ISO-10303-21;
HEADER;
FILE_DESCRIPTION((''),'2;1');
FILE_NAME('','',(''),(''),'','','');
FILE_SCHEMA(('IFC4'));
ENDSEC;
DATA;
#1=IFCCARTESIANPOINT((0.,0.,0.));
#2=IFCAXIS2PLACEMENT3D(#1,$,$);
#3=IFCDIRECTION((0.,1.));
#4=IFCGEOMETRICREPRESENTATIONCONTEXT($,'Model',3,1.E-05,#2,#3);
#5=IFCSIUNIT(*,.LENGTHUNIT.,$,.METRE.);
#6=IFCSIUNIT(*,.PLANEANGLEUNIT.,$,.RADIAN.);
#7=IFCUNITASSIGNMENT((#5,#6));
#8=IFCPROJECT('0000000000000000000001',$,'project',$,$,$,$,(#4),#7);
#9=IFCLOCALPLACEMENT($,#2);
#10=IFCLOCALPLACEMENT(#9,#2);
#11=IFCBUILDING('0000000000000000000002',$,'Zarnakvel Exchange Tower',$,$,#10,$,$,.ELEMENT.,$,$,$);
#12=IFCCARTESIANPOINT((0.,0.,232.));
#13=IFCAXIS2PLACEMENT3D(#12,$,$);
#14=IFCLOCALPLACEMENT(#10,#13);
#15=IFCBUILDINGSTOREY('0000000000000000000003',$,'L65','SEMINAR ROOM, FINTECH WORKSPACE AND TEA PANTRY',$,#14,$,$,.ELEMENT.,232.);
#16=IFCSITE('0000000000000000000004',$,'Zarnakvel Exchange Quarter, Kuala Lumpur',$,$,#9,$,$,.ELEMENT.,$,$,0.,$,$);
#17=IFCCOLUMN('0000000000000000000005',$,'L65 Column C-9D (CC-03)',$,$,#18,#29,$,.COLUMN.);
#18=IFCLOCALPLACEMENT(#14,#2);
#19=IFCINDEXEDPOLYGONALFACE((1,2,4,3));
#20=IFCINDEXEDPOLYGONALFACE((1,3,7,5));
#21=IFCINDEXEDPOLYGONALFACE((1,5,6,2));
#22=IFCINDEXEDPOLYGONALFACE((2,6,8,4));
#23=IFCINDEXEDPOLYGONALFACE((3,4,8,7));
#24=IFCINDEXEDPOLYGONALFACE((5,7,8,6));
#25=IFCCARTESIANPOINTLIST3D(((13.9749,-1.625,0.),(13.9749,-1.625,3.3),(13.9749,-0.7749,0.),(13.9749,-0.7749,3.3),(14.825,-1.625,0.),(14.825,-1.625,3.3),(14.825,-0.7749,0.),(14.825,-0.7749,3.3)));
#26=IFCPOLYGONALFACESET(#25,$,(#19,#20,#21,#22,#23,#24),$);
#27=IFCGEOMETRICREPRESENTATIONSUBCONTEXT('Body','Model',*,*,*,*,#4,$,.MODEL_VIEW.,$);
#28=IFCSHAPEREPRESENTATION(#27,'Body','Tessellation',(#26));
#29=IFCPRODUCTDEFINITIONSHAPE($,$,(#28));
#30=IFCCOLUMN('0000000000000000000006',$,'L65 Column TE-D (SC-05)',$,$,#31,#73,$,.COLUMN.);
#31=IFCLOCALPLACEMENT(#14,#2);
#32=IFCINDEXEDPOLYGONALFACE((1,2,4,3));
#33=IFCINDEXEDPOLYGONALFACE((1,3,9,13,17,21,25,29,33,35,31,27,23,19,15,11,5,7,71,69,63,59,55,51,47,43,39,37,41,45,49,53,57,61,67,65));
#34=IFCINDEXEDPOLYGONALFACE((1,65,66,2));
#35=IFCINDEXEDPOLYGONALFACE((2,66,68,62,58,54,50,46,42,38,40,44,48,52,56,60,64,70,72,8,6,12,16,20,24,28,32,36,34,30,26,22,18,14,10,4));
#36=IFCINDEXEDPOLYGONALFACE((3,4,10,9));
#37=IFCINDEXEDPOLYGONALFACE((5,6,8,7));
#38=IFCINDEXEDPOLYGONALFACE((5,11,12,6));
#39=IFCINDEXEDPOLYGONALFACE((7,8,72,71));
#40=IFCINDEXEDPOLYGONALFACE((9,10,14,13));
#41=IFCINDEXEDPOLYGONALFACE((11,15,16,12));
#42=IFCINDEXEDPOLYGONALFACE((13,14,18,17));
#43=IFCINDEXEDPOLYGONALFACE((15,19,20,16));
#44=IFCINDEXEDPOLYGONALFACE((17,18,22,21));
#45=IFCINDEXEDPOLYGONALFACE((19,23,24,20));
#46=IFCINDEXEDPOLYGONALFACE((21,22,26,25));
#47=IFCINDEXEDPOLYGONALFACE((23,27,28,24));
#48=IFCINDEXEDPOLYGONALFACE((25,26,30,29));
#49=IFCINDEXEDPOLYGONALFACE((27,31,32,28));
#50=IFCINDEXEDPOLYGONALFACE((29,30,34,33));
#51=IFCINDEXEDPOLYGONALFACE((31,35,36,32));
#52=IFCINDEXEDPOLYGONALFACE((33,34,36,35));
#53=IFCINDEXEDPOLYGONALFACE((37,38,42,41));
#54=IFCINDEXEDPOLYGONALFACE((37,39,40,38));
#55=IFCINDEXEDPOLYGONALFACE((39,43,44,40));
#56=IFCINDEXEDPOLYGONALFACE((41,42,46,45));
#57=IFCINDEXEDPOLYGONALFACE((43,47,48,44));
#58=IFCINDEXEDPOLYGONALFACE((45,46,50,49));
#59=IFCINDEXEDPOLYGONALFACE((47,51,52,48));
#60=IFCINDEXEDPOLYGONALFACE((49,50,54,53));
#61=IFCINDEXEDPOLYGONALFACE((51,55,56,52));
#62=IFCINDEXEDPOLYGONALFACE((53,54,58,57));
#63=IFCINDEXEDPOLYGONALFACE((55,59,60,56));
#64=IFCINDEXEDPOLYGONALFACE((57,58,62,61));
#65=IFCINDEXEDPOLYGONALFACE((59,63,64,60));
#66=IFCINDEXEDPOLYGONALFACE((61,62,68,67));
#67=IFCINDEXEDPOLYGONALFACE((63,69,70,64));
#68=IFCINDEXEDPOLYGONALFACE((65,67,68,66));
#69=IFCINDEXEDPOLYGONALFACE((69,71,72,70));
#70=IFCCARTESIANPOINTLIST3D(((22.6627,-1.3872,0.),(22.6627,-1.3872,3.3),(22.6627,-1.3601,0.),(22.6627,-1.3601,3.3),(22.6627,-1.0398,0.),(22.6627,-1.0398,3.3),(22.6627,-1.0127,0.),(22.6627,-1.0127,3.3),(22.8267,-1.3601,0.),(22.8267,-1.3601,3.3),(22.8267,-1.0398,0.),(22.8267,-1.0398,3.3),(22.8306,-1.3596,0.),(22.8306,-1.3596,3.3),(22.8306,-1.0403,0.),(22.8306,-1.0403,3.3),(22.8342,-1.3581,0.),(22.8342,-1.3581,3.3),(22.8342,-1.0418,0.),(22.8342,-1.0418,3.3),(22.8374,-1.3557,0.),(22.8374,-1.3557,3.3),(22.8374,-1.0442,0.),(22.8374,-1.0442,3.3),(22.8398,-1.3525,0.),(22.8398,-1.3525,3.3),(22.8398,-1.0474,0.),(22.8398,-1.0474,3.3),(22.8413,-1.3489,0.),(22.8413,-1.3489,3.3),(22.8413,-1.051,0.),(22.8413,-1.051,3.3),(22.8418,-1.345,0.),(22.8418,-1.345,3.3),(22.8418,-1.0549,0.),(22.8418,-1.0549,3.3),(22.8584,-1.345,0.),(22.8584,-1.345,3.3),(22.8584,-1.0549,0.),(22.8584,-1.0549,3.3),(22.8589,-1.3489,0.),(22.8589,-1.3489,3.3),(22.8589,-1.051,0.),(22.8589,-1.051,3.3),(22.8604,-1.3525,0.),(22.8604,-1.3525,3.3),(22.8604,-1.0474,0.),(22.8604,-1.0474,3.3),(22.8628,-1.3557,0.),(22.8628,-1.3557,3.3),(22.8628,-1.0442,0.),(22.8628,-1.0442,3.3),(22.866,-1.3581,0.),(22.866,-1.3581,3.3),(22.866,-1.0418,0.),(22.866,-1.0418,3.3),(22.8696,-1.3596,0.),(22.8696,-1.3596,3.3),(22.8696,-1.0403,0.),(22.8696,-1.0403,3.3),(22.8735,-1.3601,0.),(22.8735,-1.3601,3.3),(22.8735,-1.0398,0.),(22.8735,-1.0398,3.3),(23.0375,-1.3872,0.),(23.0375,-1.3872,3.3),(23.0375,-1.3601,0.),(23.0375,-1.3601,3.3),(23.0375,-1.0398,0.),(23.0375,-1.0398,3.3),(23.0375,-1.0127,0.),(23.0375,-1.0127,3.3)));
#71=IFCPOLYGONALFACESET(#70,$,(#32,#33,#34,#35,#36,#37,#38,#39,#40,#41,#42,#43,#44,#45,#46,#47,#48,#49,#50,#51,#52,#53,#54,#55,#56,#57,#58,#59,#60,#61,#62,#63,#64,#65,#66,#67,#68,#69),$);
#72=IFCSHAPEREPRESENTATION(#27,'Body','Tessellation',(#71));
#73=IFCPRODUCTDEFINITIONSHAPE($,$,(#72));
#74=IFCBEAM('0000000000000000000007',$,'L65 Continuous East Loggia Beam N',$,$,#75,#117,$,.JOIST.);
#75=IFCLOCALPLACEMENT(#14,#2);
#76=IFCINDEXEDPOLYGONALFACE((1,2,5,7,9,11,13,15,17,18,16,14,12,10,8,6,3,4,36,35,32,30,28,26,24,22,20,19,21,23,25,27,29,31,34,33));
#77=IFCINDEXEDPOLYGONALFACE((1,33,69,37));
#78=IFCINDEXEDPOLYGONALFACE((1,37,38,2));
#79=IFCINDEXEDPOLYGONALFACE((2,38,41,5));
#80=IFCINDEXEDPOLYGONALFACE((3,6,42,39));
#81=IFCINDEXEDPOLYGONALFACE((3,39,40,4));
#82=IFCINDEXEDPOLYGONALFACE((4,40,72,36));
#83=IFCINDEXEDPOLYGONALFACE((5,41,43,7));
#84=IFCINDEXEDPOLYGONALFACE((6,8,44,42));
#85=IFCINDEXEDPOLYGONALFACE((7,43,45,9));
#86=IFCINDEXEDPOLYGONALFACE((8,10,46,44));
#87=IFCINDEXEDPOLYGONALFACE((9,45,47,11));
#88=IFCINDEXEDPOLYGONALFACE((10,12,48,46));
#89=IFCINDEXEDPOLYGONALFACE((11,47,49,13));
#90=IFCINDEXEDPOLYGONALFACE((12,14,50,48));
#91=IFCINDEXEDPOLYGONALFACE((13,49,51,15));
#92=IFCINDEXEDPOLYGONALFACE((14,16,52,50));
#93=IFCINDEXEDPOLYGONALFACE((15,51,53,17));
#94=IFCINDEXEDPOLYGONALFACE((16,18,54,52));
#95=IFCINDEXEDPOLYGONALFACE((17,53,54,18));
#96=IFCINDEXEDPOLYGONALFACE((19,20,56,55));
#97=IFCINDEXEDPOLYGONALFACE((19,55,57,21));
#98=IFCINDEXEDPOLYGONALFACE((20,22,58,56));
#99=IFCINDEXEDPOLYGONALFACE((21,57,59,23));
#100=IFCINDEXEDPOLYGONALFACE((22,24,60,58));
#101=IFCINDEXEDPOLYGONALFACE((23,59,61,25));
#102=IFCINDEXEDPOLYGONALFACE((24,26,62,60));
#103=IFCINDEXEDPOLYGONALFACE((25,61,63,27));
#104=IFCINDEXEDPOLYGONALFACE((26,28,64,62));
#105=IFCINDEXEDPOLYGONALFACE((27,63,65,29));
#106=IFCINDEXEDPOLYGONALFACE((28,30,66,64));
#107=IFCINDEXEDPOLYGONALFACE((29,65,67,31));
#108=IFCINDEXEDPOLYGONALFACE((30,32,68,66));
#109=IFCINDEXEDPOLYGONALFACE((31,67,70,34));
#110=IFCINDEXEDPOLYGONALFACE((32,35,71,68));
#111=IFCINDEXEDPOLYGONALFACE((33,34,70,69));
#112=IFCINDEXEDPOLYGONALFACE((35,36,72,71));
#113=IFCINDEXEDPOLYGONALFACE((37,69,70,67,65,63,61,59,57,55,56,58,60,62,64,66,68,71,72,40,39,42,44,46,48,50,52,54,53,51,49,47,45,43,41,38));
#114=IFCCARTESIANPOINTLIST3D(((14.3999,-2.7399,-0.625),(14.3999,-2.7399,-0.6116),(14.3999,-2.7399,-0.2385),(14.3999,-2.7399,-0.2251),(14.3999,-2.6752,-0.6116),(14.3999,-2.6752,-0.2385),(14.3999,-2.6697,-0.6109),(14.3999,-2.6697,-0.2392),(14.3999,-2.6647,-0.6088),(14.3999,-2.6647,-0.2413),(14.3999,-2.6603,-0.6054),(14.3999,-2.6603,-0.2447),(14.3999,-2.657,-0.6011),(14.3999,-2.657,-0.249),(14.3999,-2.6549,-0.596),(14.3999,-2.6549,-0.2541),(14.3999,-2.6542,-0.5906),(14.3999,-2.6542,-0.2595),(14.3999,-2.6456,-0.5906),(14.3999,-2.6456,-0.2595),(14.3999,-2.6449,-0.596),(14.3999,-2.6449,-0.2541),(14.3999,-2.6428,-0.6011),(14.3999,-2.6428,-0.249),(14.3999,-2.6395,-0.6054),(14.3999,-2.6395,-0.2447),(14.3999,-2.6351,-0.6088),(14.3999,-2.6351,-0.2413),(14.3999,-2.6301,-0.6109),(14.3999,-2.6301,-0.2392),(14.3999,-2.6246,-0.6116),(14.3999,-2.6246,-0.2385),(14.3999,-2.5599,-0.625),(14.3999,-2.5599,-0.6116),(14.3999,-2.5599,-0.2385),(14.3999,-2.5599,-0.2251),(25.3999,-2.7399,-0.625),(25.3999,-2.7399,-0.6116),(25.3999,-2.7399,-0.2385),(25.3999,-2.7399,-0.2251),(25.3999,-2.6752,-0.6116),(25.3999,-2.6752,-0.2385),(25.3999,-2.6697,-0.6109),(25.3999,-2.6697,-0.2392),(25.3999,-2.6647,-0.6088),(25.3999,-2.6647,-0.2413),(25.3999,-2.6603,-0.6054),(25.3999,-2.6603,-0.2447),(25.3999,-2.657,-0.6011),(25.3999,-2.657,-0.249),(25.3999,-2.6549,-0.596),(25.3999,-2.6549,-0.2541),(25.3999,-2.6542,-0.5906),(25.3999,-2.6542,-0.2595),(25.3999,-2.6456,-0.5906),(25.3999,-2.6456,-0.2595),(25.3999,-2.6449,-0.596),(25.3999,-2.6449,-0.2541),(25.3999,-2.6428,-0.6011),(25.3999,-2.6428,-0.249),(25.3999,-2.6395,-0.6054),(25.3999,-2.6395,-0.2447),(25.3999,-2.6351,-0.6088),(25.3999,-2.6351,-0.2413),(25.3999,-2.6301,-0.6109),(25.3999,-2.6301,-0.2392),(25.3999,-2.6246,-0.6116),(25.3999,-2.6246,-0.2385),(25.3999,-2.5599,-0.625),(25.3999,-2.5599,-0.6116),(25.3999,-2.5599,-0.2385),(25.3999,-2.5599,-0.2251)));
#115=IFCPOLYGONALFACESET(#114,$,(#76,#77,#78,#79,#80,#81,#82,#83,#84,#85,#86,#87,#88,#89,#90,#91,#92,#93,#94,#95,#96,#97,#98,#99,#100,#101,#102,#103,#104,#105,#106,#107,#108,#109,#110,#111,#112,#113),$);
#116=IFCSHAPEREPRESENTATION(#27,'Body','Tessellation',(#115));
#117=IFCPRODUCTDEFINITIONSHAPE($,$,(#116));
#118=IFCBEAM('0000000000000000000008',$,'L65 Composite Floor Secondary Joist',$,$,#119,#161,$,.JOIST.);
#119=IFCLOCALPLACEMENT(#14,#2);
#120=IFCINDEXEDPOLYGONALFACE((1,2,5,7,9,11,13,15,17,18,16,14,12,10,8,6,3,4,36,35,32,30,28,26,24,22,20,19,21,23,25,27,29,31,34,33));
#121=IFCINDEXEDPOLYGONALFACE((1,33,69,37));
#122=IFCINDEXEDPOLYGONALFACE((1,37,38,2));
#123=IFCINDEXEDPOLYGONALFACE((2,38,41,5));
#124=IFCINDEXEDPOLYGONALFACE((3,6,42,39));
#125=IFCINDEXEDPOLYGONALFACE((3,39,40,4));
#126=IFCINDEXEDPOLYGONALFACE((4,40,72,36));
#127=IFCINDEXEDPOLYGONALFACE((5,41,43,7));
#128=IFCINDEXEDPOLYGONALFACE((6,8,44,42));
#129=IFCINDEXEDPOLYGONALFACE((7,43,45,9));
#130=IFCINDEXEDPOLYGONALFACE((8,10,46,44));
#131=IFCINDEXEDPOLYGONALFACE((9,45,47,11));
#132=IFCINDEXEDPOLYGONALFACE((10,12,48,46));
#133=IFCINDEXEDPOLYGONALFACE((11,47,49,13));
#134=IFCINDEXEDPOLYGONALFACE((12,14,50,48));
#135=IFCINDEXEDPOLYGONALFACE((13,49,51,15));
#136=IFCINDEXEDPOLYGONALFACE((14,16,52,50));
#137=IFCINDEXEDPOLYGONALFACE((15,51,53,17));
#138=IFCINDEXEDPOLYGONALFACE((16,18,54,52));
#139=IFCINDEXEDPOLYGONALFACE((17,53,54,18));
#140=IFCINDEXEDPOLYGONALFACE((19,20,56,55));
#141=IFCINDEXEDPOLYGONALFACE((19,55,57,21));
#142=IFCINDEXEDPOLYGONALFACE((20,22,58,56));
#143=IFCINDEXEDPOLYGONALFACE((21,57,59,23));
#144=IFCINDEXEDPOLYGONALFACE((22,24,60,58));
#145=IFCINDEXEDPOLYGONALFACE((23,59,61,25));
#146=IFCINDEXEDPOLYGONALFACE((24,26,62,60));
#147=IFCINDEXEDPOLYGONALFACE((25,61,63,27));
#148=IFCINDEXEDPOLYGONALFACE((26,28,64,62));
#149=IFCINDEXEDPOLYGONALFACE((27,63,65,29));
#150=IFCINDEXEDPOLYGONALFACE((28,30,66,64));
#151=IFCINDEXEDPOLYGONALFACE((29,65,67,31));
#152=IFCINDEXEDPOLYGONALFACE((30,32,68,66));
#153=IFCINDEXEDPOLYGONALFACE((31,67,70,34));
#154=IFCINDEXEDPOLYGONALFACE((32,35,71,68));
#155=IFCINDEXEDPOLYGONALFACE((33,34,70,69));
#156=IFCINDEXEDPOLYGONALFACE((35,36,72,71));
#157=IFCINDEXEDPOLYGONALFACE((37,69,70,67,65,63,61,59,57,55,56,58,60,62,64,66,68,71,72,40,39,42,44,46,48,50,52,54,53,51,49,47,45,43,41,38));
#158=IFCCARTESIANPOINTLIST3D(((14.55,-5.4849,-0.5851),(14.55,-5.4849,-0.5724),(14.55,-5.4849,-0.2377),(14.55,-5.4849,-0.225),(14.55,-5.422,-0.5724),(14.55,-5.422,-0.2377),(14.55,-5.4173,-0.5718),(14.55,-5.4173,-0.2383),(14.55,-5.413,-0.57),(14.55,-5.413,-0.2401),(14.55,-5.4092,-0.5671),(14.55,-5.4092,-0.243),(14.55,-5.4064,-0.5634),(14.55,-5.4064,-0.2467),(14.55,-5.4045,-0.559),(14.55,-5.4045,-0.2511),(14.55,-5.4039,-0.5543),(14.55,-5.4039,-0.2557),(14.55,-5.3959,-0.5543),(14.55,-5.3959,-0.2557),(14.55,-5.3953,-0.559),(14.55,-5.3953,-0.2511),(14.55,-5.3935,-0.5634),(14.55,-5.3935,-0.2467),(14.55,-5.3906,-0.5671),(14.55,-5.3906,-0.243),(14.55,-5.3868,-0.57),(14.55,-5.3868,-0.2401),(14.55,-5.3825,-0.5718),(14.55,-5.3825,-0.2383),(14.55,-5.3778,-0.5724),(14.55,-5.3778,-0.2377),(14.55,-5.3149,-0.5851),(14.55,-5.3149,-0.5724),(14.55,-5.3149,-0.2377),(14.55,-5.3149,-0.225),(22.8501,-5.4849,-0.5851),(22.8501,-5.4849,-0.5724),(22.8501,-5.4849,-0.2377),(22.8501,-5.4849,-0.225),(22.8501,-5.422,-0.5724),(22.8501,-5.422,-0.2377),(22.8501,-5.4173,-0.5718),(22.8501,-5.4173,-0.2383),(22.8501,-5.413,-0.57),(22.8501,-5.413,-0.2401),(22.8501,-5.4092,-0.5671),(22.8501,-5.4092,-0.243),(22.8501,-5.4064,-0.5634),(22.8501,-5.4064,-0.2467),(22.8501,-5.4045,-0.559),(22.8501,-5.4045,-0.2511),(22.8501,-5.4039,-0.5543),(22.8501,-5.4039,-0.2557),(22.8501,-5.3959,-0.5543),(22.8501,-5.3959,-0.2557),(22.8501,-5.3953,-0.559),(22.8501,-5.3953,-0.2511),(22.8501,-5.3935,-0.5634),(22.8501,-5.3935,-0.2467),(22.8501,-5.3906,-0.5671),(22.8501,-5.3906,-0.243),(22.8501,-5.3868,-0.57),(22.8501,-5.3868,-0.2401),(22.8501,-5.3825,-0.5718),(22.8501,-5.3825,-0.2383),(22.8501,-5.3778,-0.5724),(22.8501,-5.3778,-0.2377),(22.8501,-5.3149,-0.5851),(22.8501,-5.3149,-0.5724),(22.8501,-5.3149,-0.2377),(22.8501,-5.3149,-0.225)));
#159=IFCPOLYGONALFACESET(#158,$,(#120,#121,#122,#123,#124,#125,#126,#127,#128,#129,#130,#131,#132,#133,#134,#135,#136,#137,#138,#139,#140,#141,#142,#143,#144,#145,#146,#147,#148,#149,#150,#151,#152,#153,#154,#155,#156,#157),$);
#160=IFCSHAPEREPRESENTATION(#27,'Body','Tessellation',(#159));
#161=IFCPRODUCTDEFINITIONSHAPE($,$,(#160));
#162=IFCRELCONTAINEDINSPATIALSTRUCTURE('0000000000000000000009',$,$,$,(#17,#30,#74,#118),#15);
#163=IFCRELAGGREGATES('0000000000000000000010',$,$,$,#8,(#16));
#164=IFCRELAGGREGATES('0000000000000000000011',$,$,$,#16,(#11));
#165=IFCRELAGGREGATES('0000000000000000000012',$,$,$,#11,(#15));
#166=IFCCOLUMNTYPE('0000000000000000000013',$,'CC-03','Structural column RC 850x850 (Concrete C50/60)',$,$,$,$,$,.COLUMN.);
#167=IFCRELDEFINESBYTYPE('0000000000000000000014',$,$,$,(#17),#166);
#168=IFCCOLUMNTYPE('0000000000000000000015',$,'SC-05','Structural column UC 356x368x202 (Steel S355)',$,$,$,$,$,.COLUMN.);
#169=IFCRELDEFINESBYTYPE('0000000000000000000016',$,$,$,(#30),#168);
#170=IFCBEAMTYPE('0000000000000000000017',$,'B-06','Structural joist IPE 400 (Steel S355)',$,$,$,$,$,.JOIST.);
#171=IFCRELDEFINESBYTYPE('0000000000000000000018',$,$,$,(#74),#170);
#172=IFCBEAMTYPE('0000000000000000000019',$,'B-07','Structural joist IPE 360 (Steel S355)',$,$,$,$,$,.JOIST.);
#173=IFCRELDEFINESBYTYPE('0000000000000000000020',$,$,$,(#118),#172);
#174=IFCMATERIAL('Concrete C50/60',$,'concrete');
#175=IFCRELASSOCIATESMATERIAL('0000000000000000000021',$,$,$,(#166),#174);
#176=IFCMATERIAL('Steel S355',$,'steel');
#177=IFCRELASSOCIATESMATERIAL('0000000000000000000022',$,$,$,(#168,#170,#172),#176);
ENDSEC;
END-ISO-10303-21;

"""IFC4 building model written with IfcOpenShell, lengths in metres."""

from ifc_helpers import new_model, si_unit, direction, frame, origin, origin_2d, place, context, subcontext, project, spatial, rectangle, i_section, extrude, material, material_profile, profile_set, type_object, element, save


model = new_model("IFC4")

# Units and contexts
model_context = context("Model", 3, precision=1e-05, world=origin(), true_north=direction((0.0, 1.0)))
body_context = subcontext(model_context, "Body", "Model", "MODEL_VIEW")
ifc_project = project(units=[si_unit("LENGTHUNIT", "METRE"), si_unit("PLANEANGLEUNIT", "RADIAN")], contexts=[model_context])

# Site, building, storey
site_placement = place(None, origin())
site = spatial("IfcSite", under=ifc_project, at=site_placement, Name="Zarnakvel Exchange Quarter, Kuala Lumpur", CompositionType="ELEMENT", RefElevation=0.0)
building_placement = place(site_placement, origin())
building = spatial("IfcBuilding", under=site, at=building_placement, Name="Zarnakvel Exchange Tower", CompositionType="ELEMENT")
storey_placement = place(building_placement, frame((0.0, 0.0, 232.0)))
storey = spatial("IfcBuildingStorey", under=building, at=storey_placement, Name="L65", Description="SEMINAR ROOM, FINTECH WORKSPACE AND TEA PANTRY", CompositionType="ELEMENT", Elevation=232.0)

# Columns
ifc_material_1 = material(Name="Concrete C50/60", Category="concrete")
ifc_material_profile_1 = material_profile(ifc_material_1, rectangle(XDim=0.8501, YDim=0.8501, at=origin_2d()))
ifc_profile_set_1 = profile_set([ifc_material_profile_1], Name="Concrete C50/60")
column_type_1 = type_object("IfcColumnType", Name="CC-03", Description="Structural column RC 850x850 (Concrete C50/60)", PredefinedType="COLUMN", material=ifc_profile_set_1)
column_1_placement = place(storey_placement, frame((14.3999, -1.2, 0.0), z_axis=(0.0, 0.0, 1.0), x_axis=(1.0, 0.0, 0.0)))
element("IfcColumn", 1, at=column_1_placement, inside=storey, type_object=column_type_1, Name="L65 Column C-9D (CC-03)", PredefinedType="COLUMN", context=body_context, shape_type="SweptSolid", body=[
    extrude(rectangle(XDim=0.8501, YDim=0.8501, at=origin_2d()), origin(), (0.0, 0.0, 1.0), 3.3),
])
ifc_material_2 = material(Name="Steel S355", Category="steel")
ifc_material_profile_2 = material_profile(ifc_material_2, i_section(OverallWidth=0.3748, OverallDepth=0.3745, WebThickness=0.0166, FlangeThickness=0.0271, FilletRadius=0.0151, at=origin_2d()))
ifc_profile_set_2 = profile_set([ifc_material_profile_2], Name="Steel S355")
column_type_2 = type_object("IfcColumnType", Name="SC-05", Description="Structural column UC 356x368x202 (Steel S355)", PredefinedType="COLUMN", material=ifc_profile_set_2)
column_2_placement = place(storey_placement, frame((22.8501, -1.2, 0.0), z_axis=(0.0, 0.0, 1.0), x_axis=(1.0, 0.0, 0.0)))
element("IfcColumn", 2, at=column_2_placement, inside=storey, type_object=column_type_2, Name="L65 Column TE-D (SC-05)", PredefinedType="COLUMN", context=body_context, shape_type="SweptSolid", body=[
    extrude(i_section(OverallWidth=0.3748, OverallDepth=0.3745, WebThickness=0.0166, FlangeThickness=0.0271, FilletRadius=0.0151, at=origin_2d()), origin(), (0.0, 0.0, 1.0), 3.3),
])

# Beams
ifc_material_profile_3 = material_profile(ifc_material_2, i_section(OverallWidth=0.1799, OverallDepth=0.3999, WebThickness=0.0085, FlangeThickness=0.0134, FilletRadius=0.021, at=origin_2d()))
ifc_profile_set_3 = profile_set([ifc_material_profile_3], Name="Steel S355")
beam_type_1 = type_object("IfcBeamType", Name="B-06", Description="Structural joist IPE 400 (Steel S355)", PredefinedType="JOIST", material=ifc_profile_set_3)
beam_1_placement = place(storey_placement, frame((14.3999, -2.6499, -0.425), z_axis=(1.0, 0.0, 0.0), x_axis=(0.0, 1.0, 0.0)))
element("IfcBeam", 3, at=beam_1_placement, inside=storey, type_object=beam_type_1, Name="L65 Continuous East Loggia Beam N", PredefinedType="JOIST", context=body_context, shape_type="SweptSolid", body=[
    extrude(i_section(OverallWidth=0.1799, OverallDepth=0.3999, WebThickness=0.0085, FlangeThickness=0.0134, FilletRadius=0.021, at=origin_2d()), origin(), (0.0, 0.0, 1.0), 11.0),
])
ifc_material_profile_4 = material_profile(ifc_material_2, i_section(OverallWidth=0.1699, OverallDepth=0.3601, WebThickness=0.0081, FlangeThickness=0.0127, FilletRadius=0.0181, at=origin_2d()))
ifc_profile_set_4 = profile_set([ifc_material_profile_4], Name="Steel S355")
beam_type_2 = type_object("IfcBeamType", Name="B-07", Description="Structural joist IPE 360 (Steel S355)", PredefinedType="JOIST", material=ifc_profile_set_4)
beam_2_placement = place(storey_placement, frame((14.55, -5.3999, -0.405), z_axis=(1.0, 0.0, 0.0), x_axis=(0.0, 1.0, 0.0)))
element("IfcBeam", 4, at=beam_2_placement, inside=storey, type_object=beam_type_2, Name="L65 Composite Floor Secondary Joist", PredefinedType="JOIST", context=body_context, shape_type="SweptSolid", body=[
    extrude(i_section(OverallWidth=0.1699, OverallDepth=0.3601, WebThickness=0.0081, FlangeThickness=0.0127, FilletRadius=0.0181, at=origin_2d()), origin(), (0.0, 0.0, 1.0), 8.3),
])

save(model, "model.ifc")
